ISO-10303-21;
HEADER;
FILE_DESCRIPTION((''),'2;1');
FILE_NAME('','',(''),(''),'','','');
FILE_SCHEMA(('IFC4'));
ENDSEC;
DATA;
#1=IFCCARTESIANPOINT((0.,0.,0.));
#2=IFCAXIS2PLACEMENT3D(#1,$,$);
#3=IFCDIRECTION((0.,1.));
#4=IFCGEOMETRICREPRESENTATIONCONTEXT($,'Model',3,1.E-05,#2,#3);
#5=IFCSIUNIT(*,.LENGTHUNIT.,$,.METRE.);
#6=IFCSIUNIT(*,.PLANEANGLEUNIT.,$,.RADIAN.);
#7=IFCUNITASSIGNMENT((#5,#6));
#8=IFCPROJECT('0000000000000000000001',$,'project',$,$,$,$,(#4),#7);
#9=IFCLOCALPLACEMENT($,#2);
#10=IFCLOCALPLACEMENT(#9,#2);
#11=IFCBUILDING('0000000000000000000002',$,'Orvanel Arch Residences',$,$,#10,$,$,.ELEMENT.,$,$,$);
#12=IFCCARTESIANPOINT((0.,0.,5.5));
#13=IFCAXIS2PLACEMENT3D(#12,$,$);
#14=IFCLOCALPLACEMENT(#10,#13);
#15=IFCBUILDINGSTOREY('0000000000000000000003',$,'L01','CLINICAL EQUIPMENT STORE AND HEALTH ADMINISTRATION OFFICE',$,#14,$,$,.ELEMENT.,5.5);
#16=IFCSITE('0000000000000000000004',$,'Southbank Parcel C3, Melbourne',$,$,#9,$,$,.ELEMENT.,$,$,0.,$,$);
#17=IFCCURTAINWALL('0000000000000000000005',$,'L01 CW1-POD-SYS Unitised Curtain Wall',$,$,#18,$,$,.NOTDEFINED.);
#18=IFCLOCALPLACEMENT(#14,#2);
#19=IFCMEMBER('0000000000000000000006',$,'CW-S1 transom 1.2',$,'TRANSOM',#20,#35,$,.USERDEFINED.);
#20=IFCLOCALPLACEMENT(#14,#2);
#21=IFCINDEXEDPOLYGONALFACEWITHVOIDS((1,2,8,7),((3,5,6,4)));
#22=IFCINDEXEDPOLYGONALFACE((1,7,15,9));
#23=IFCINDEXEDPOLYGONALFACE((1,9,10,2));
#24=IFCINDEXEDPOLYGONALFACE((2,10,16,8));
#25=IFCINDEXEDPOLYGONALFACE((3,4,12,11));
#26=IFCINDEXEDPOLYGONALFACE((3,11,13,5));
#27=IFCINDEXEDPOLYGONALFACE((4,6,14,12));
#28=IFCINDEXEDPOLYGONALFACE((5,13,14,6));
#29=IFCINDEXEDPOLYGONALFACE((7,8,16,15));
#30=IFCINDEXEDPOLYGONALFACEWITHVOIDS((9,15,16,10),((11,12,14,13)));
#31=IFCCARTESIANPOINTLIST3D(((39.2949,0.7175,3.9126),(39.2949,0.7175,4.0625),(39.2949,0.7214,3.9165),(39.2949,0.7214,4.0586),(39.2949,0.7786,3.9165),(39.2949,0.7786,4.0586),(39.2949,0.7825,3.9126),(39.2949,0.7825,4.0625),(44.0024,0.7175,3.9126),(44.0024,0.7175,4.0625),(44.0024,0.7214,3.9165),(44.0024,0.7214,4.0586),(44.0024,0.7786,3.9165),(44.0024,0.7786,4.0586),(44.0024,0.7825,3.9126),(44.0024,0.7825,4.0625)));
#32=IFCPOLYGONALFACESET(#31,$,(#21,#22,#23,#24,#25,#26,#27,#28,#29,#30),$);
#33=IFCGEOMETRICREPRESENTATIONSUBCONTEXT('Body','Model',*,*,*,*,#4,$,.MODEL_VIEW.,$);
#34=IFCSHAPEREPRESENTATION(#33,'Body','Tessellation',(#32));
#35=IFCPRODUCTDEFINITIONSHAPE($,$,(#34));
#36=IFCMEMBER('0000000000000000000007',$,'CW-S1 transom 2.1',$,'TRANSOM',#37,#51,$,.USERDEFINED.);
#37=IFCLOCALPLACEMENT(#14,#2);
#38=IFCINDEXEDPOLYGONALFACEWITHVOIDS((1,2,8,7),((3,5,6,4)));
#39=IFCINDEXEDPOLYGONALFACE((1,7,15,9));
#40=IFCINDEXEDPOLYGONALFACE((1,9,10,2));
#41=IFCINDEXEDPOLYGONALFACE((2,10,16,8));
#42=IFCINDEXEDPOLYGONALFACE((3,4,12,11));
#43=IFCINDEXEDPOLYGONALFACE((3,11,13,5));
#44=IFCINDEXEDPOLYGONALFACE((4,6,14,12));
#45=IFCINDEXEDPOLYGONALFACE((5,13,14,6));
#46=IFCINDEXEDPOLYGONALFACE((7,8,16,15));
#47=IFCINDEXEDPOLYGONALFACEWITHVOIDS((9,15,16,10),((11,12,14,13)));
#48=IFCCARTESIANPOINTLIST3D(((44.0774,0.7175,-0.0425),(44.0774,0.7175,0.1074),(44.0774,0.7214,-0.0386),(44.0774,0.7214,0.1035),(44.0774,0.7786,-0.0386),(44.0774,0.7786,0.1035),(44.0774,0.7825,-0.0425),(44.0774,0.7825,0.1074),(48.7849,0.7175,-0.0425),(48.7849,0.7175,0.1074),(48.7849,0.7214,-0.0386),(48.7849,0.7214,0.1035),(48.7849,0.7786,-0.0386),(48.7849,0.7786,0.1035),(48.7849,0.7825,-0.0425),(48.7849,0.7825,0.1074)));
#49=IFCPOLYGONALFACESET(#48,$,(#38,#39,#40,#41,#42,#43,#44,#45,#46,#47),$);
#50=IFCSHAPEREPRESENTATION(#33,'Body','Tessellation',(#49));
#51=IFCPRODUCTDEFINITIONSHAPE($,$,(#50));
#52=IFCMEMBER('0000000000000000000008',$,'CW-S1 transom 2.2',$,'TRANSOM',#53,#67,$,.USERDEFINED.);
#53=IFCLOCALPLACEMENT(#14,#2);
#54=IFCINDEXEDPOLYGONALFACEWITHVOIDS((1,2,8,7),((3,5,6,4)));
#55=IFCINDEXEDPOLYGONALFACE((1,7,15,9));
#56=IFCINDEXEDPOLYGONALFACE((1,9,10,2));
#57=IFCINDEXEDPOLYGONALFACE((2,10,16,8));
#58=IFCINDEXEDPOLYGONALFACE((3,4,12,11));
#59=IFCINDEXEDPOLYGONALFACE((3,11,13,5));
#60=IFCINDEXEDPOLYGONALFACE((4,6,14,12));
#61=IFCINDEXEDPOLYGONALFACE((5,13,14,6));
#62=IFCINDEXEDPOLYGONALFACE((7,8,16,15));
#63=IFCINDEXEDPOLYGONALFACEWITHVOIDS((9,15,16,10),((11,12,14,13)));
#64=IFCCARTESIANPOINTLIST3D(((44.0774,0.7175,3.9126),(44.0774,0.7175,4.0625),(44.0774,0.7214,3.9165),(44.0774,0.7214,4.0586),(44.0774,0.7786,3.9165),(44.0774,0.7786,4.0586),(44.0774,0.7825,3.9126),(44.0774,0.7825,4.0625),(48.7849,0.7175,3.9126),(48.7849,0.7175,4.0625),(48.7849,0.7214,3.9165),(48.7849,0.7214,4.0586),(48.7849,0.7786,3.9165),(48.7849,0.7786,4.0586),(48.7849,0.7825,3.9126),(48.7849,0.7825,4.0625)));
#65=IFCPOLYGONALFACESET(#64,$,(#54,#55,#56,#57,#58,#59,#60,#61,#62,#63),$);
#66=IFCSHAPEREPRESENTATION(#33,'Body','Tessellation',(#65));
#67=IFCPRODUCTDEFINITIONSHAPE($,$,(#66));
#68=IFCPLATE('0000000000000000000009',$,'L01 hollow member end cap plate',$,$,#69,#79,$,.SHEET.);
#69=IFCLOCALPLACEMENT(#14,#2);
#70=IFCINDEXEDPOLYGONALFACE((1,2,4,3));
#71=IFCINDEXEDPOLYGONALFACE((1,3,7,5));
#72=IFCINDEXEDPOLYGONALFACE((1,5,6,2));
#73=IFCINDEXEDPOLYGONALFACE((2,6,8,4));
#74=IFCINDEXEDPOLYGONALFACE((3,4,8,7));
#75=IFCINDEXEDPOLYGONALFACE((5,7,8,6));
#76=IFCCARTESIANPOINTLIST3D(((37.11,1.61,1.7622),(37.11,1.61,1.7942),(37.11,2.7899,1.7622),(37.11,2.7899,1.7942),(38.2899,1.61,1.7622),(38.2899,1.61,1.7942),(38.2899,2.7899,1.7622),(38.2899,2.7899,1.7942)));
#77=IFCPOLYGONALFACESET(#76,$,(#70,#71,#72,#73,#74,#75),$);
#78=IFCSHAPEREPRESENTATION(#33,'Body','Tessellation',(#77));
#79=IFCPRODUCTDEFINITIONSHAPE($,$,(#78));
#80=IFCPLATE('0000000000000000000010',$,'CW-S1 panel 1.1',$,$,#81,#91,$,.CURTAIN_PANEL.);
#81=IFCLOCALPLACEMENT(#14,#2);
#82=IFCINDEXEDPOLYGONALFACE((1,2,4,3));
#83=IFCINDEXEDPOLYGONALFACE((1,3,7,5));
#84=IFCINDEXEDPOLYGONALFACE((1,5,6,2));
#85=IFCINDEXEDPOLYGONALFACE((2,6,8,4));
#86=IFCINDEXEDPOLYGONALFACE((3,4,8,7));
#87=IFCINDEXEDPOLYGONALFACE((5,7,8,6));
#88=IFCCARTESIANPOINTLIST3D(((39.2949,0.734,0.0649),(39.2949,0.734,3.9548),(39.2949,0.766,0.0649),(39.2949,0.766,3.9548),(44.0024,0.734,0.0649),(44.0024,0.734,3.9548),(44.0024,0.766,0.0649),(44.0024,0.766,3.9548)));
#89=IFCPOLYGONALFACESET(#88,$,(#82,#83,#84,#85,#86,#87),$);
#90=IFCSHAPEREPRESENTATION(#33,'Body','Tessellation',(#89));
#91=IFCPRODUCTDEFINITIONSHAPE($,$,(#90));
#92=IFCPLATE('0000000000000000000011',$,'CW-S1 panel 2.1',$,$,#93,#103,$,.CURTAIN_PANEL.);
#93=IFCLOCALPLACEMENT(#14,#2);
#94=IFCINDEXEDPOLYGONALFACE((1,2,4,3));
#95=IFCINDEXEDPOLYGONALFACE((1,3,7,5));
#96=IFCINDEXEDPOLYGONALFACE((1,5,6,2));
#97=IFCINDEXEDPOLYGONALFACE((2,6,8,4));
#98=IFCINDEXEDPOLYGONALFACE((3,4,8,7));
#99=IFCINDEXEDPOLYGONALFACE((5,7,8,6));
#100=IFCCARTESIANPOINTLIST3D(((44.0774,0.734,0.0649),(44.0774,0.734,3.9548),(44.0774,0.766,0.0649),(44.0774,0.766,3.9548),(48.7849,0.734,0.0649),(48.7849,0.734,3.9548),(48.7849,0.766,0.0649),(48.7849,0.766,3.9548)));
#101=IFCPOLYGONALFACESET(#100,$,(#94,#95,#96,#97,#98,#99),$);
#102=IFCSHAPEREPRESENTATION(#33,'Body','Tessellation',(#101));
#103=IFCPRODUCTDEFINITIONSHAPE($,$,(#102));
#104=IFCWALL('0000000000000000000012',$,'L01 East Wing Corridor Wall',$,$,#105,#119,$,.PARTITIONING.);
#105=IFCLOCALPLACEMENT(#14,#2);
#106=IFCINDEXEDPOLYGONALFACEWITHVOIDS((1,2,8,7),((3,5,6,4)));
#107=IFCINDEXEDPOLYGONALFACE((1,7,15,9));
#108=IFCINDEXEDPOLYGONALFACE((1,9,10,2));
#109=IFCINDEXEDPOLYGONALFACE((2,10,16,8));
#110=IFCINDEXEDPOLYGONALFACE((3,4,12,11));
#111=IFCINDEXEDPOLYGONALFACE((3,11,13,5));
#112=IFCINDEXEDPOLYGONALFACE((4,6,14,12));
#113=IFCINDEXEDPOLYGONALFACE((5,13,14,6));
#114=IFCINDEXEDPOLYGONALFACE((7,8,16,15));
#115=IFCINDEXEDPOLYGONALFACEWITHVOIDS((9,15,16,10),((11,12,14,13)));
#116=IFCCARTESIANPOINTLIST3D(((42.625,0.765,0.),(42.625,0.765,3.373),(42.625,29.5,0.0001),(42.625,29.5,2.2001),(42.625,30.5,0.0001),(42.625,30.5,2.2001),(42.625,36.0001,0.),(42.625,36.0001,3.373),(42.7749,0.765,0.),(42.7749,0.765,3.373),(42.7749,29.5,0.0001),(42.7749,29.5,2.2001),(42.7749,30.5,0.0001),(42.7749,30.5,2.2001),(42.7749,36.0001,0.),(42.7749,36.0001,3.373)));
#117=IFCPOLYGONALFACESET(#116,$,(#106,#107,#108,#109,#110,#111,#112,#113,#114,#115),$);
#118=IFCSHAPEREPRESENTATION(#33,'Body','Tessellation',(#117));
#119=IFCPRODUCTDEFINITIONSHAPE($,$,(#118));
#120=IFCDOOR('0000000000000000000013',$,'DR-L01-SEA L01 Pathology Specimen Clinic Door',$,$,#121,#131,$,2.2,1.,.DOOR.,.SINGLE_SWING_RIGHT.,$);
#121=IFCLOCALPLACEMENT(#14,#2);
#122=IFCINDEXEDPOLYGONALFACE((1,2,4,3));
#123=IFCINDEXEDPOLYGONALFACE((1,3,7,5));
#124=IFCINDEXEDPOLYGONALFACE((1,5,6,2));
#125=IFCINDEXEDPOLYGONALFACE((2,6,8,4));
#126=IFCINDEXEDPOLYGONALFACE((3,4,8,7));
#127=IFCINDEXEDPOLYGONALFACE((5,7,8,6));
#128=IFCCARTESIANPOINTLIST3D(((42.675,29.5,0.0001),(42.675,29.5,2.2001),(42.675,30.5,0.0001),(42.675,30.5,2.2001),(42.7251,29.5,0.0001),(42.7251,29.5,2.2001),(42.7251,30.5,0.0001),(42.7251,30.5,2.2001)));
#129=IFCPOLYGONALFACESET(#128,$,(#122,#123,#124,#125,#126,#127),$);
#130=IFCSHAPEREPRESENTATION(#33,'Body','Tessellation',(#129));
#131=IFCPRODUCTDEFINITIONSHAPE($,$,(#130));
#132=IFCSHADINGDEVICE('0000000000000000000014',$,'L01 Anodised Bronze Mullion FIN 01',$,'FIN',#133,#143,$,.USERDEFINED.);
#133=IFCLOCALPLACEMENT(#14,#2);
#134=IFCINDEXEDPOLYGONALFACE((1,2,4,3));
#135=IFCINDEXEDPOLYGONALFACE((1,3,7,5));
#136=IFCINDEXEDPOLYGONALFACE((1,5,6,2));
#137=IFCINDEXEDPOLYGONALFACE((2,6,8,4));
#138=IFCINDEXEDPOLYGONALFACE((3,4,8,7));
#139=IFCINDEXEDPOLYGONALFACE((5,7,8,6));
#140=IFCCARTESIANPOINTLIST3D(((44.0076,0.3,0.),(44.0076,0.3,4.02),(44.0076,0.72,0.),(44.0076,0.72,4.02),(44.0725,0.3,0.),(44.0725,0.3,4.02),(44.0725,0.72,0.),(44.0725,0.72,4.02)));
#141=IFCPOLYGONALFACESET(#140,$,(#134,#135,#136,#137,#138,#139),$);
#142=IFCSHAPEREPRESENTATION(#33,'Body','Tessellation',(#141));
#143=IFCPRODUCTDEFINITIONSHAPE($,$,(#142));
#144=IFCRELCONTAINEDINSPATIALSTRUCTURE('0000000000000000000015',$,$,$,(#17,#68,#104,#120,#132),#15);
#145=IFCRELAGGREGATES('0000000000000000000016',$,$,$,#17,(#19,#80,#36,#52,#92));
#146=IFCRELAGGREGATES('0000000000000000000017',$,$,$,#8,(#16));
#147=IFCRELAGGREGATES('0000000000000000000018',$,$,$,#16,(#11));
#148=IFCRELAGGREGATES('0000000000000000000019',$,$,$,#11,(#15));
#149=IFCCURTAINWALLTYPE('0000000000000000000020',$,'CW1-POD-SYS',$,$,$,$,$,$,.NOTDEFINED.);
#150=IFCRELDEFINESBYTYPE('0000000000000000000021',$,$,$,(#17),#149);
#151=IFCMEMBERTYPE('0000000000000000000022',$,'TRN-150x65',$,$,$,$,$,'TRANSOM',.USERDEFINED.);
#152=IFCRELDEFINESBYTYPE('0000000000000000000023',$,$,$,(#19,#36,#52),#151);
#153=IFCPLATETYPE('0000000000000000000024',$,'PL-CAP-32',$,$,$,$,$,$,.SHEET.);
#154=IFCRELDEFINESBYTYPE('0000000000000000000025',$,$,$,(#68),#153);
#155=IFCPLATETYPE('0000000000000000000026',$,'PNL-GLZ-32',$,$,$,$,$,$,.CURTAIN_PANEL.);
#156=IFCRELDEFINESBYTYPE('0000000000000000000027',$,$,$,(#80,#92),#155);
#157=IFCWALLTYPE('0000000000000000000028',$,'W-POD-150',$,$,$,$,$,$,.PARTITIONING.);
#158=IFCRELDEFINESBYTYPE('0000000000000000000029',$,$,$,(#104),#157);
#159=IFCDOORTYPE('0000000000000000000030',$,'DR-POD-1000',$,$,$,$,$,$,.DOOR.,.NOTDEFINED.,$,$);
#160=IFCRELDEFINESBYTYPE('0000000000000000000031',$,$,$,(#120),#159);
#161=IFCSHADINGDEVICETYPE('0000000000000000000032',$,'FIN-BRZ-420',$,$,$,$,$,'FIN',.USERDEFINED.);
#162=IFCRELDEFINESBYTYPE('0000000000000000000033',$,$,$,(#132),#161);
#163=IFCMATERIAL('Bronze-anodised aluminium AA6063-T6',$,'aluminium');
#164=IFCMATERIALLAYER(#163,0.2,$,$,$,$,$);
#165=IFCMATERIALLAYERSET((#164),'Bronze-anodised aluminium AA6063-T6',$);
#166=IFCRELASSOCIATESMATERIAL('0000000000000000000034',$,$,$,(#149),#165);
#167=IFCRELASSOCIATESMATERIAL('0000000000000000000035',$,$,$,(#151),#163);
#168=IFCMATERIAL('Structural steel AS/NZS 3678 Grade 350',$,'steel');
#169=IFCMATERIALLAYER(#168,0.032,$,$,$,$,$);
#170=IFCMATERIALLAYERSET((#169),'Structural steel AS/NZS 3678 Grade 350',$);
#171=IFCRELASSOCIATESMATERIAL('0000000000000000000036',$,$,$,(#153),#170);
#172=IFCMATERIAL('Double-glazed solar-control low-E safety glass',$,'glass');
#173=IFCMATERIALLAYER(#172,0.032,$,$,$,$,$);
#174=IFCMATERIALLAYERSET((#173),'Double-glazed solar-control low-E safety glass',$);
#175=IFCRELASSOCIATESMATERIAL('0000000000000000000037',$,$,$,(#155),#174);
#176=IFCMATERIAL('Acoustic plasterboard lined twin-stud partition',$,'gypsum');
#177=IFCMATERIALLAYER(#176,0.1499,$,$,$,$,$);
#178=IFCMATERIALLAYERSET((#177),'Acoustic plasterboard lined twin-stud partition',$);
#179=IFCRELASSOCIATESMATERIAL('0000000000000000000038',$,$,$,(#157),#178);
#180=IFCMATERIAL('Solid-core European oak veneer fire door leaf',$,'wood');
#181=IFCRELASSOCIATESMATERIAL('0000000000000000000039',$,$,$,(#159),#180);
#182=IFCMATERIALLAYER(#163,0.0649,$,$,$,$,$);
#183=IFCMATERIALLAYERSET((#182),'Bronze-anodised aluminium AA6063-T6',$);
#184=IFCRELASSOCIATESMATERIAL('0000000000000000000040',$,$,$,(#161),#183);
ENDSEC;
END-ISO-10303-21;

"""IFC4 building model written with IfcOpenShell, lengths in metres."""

from ifc_helpers import new_model, si_unit, direction, frame, frame_2d, origin, origin_2d, place, context, subcontext, project, spatial, rectangle, hollow_rectangle, extrude, material, layer, layer_set, material_profile, profile_set, type_object, element, fill, aggregate, save


model = new_model("IFC4")

# Units and contexts
model_context = context("Model", 3, precision=1e-05, world=origin(), true_north=direction((0.0, 1.0)))
body_context = subcontext(model_context, "Body", "Model", "MODEL_VIEW")
ifc_project = project(units=[si_unit("LENGTHUNIT", "METRE"), si_unit("PLANEANGLEUNIT", "RADIAN")], contexts=[model_context])

# Site, building, storey
site_placement = place(None, origin())
site = spatial("IfcSite", under=ifc_project, at=site_placement, Name="Southbank Parcel C3, Melbourne", CompositionType="ELEMENT", RefElevation=0.0)
building_placement = place(site_placement, origin())
building = spatial("IfcBuilding", under=site, at=building_placement, Name="Orvanel Arch Residences", CompositionType="ELEMENT")
storey_placement = place(building_placement, frame((0.0, 0.0, 5.5)))
storey = spatial("IfcBuildingStorey", under=building, at=storey_placement, Name="L01", Description="CLINICAL EQUIPMENT STORE AND HEALTH ADMINISTRATION OFFICE", CompositionType="ELEMENT", Elevation=5.5)

# Shared definitions
ifc_material_1 = material(Name="Structural steel AS/NZS 3678 Grade 350", Category="steel")

# Curtain wall, members
ifc_material_2 = material(Name="Bronze-anodised aluminium AA6063-T6", Category="aluminium")
ifc_layer_1 = layer(ifc_material_2, 0.2)
ifc_layer_set_1 = layer_set([ifc_layer_1], Name="Bronze-anodised aluminium AA6063-T6")
curtain_wall_type = type_object("IfcCurtainWallType", Name="CW1-POD-SYS", PredefinedType="NOTDEFINED", material=ifc_layer_set_1)
curtain_wall_placement = place(storey_placement, origin())
curtain_wall = element("IfcCurtainWall", 1, at=curtain_wall_placement, inside=storey, type_object=curtain_wall_type, Name="L01 CW1-POD-SYS Unitised Curtain Wall", PredefinedType="NOTDEFINED")
ifc_material_profile_1 = material_profile(ifc_material_2, hollow_rectangle(XDim=0.0649, YDim=0.1499, WallThickness=0.0039, at=origin_2d()), Name="ALU150x65x4")
ifc_profile_set_1 = profile_set([ifc_material_profile_1], Name="Bronze-anodised aluminium AA6063-T6")
member_type_1 = type_object("IfcMemberType", Name="TRN-150x65", ElementType="TRANSOM", PredefinedType="USERDEFINED", material=ifc_profile_set_1)
member_1_placement = place(storey_placement, frame((39.2949, 0.75, 3.9875), z_axis=(1.0, 0.0, 0.0), x_axis=(0.0, 1.0, 0.0)))
member_1 = element("IfcMember", 2, at=member_1_placement, type_object=member_type_1, Name="CW-S1 transom 1.2", ObjectType="TRANSOM", PredefinedType="USERDEFINED", context=body_context, shape_type="SweptSolid", body=[
    extrude(hollow_rectangle(XDim=0.0649, YDim=0.1499, WallThickness=0.0039, at=origin_2d()), origin(), (0.0, 0.0, 1.0), 4.7075),
])
member_2_placement = place(storey_placement, frame((44.0774, 0.75, 0.0325), z_axis=(1.0, 0.0, 0.0), x_axis=(0.0, 1.0, 0.0)))
member_2 = element("IfcMember", 3, at=member_2_placement, type_object=member_type_1, Name="CW-S1 transom 2.1", ObjectType="TRANSOM", PredefinedType="USERDEFINED", context=body_context, shape_type="SweptSolid", body=[
    extrude(hollow_rectangle(XDim=0.0649, YDim=0.1499, WallThickness=0.0039, at=origin_2d()), origin(), (0.0, 0.0, 1.0), 4.7075),
])
member_3_placement = place(storey_placement, frame((44.0774, 0.75, 3.9875), z_axis=(1.0, 0.0, 0.0), x_axis=(0.0, 1.0, 0.0)))
member_3 = element("IfcMember", 4, at=member_3_placement, type_object=member_type_1, Name="CW-S1 transom 2.2", ObjectType="TRANSOM", PredefinedType="USERDEFINED", context=body_context, shape_type="SweptSolid", body=[
    extrude(hollow_rectangle(XDim=0.0649, YDim=0.1499, WallThickness=0.0039, at=origin_2d()), origin(), (0.0, 0.0, 1.0), 4.7075),
])

# Plates
ifc_layer_2 = layer(ifc_material_1, 0.032)
ifc_layer_set_2 = layer_set([ifc_layer_2], Name="Structural steel AS/NZS 3678 Grade 350")
plate_type_1 = type_object("IfcPlateType", Name="PL-CAP-32", PredefinedType="SHEET", material=ifc_layer_set_2)
plate_1_placement = place(storey_placement, frame((37.7, 2.2, 1.7622), z_axis=(0.0, 0.0, 1.0), x_axis=(1.0, 0.0, 0.0)))
element("IfcPlate", 5, at=plate_1_placement, inside=storey, type_object=plate_type_1, Name="L01 hollow member end cap plate", PredefinedType="SHEET", context=body_context, shape_type="SweptSolid", body=[
    extrude(rectangle(XDim=1.1799, YDim=1.1799, at=origin_2d()), origin(), (0.0, 0.0, 1.0), 0.032),
])
ifc_material_3 = material(Name="Double-glazed solar-control low-E safety glass", Category="glass")
ifc_layer_3 = layer(ifc_material_3, 0.032)
ifc_layer_set_3 = layer_set([ifc_layer_3], Name="Double-glazed solar-control low-E safety glass")
plate_type_2 = type_object("IfcPlateType", Name="PNL-GLZ-32", PredefinedType="CURTAIN_PANEL", material=ifc_layer_set_3)
plate_2_placement = place(storey_placement, frame((41.6487, 0.75, 0.0649), z_axis=(0.0, 0.0, 1.0), x_axis=(1.0, 0.0, 0.0)))
plate_2 = element("IfcPlate", 6, at=plate_2_placement, type_object=plate_type_2, Name="CW-S1 panel 1.1", PredefinedType="CURTAIN_PANEL", context=body_context, shape_type="SweptSolid", body=[
    extrude(rectangle(XDim=4.7075, YDim=0.032, at=origin_2d()), origin(), (0.0, 0.0, 1.0), 3.8899),
])
plate_3_placement = place(storey_placement, frame((46.4312, 0.75, 0.0649), z_axis=(0.0, 0.0, 1.0), x_axis=(1.0, 0.0, 0.0)))
plate_3 = element("IfcPlate", 7, at=plate_3_placement, type_object=plate_type_2, Name="CW-S1 panel 2.1", PredefinedType="CURTAIN_PANEL", context=body_context, shape_type="SweptSolid", body=[
    extrude(rectangle(XDim=4.7075, YDim=0.032, at=origin_2d()), origin(), (0.0, 0.0, 1.0), 3.8899),
])
aggregate(curtain_wall, [member_1, plate_2, member_2, member_3, plate_3])

# Wall, opening, door
ifc_material_4 = material(Name="Acoustic plasterboard lined twin-stud partition", Category="gypsum")
ifc_layer_4 = layer(ifc_material_4, 0.1499)
ifc_layer_set_4 = layer_set([ifc_layer_4], Name="Acoustic plasterboard lined twin-stud partition")
wall_type = type_object("IfcWallType", Name="W-POD-150", PredefinedType="PARTITIONING", material=ifc_layer_set_4)
wall_placement = place(storey_placement, frame((42.7, 0.7649, 0.0), z_axis=(0.0, 0.0, 1.0), x_axis=(0.0, 1.0, 0.0)))
wall = element("IfcWall", 8, at=wall_placement, inside=storey, type_object=wall_type, Name="L01 East Wing Corridor Wall", PredefinedType="PARTITIONING", context=body_context, shape_type="SweptSolid", body=[
    extrude(rectangle(XDim=35.2351, YDim=0.1499, at=frame_2d((17.6177, 0.0))), origin(), (0.0, 0.0, 1.0), 3.373),
])
opening_placement = place(wall_placement, frame((28.7351, 0.0, 0.0)))
opening = element("IfcOpeningElement", 9, at=opening_placement, cuts=wall, PredefinedType="OPENING", context=body_context, shape_type="SweptSolid", body=[
    extrude(rectangle(XDim=1.0, YDim=2.2, at=frame_2d((0.5, 1.1001))), frame((0.0, 0.085, 0.0), z_axis=(0.0, -1.0, 0.0), x_axis=(1.0, 0.0, 0.0)), (0.0, 0.0, 1.0), 0.1699),
])
ifc_material_5 = material(Name="Solid-core European oak veneer fire door leaf", Category="wood")
door_type = type_object("IfcDoorType", Name="DR-POD-1000", OperationType="NOTDEFINED", PredefinedType="DOOR", material=ifc_material_5)
door_placement = place(opening_placement, origin())
door = element("IfcDoor", 10, at=door_placement, inside=storey, type_object=door_type, Name="DR-L01-SEA L01 Pathology Specimen Clinic Door", OperationType="SINGLE_SWING_RIGHT", OverallHeight=2.2, OverallWidth=1.0, PredefinedType="DOOR", context=body_context, shape_type="SweptSolid", body=[
    extrude(rectangle(XDim=1.0, YDim=2.2, at=frame_2d((0.5, 1.1001))), frame((0.0, 0.0249, 0.0), z_axis=(0.0, -1.0, 0.0), x_axis=(1.0, 0.0, 0.0)), (0.0, 0.0, 1.0), 0.05),
])
fill(opening, door)

# Shading device
ifc_layer_5 = layer(ifc_material_2, 0.0649)
ifc_layer_set_5 = layer_set([ifc_layer_5], Name="Bronze-anodised aluminium AA6063-T6")
shading_device_type = type_object("IfcShadingDeviceType", Name="FIN-BRZ-420", ElementType="FIN", PredefinedType="USERDEFINED", material=ifc_layer_set_5)
shading_device_placement = place(storey_placement, frame((44.04, 0.51, 0.0), z_axis=(0.0, 0.0, 1.0), x_axis=(0.0, -1.0, 0.0)))
element("IfcShadingDevice", 11, at=shading_device_placement, inside=storey, type_object=shading_device_type, Name="L01 Anodised Bronze Mullion FIN 01", ObjectType="FIN", PredefinedType="USERDEFINED", context=body_context, shape_type="SweptSolid", body=[
    extrude(rectangle(XDim=0.4199, YDim=0.0649, at=origin_2d()), origin(), (0.0, 0.0, 1.0), 4.02),
])

save(model, "model.ifc")
